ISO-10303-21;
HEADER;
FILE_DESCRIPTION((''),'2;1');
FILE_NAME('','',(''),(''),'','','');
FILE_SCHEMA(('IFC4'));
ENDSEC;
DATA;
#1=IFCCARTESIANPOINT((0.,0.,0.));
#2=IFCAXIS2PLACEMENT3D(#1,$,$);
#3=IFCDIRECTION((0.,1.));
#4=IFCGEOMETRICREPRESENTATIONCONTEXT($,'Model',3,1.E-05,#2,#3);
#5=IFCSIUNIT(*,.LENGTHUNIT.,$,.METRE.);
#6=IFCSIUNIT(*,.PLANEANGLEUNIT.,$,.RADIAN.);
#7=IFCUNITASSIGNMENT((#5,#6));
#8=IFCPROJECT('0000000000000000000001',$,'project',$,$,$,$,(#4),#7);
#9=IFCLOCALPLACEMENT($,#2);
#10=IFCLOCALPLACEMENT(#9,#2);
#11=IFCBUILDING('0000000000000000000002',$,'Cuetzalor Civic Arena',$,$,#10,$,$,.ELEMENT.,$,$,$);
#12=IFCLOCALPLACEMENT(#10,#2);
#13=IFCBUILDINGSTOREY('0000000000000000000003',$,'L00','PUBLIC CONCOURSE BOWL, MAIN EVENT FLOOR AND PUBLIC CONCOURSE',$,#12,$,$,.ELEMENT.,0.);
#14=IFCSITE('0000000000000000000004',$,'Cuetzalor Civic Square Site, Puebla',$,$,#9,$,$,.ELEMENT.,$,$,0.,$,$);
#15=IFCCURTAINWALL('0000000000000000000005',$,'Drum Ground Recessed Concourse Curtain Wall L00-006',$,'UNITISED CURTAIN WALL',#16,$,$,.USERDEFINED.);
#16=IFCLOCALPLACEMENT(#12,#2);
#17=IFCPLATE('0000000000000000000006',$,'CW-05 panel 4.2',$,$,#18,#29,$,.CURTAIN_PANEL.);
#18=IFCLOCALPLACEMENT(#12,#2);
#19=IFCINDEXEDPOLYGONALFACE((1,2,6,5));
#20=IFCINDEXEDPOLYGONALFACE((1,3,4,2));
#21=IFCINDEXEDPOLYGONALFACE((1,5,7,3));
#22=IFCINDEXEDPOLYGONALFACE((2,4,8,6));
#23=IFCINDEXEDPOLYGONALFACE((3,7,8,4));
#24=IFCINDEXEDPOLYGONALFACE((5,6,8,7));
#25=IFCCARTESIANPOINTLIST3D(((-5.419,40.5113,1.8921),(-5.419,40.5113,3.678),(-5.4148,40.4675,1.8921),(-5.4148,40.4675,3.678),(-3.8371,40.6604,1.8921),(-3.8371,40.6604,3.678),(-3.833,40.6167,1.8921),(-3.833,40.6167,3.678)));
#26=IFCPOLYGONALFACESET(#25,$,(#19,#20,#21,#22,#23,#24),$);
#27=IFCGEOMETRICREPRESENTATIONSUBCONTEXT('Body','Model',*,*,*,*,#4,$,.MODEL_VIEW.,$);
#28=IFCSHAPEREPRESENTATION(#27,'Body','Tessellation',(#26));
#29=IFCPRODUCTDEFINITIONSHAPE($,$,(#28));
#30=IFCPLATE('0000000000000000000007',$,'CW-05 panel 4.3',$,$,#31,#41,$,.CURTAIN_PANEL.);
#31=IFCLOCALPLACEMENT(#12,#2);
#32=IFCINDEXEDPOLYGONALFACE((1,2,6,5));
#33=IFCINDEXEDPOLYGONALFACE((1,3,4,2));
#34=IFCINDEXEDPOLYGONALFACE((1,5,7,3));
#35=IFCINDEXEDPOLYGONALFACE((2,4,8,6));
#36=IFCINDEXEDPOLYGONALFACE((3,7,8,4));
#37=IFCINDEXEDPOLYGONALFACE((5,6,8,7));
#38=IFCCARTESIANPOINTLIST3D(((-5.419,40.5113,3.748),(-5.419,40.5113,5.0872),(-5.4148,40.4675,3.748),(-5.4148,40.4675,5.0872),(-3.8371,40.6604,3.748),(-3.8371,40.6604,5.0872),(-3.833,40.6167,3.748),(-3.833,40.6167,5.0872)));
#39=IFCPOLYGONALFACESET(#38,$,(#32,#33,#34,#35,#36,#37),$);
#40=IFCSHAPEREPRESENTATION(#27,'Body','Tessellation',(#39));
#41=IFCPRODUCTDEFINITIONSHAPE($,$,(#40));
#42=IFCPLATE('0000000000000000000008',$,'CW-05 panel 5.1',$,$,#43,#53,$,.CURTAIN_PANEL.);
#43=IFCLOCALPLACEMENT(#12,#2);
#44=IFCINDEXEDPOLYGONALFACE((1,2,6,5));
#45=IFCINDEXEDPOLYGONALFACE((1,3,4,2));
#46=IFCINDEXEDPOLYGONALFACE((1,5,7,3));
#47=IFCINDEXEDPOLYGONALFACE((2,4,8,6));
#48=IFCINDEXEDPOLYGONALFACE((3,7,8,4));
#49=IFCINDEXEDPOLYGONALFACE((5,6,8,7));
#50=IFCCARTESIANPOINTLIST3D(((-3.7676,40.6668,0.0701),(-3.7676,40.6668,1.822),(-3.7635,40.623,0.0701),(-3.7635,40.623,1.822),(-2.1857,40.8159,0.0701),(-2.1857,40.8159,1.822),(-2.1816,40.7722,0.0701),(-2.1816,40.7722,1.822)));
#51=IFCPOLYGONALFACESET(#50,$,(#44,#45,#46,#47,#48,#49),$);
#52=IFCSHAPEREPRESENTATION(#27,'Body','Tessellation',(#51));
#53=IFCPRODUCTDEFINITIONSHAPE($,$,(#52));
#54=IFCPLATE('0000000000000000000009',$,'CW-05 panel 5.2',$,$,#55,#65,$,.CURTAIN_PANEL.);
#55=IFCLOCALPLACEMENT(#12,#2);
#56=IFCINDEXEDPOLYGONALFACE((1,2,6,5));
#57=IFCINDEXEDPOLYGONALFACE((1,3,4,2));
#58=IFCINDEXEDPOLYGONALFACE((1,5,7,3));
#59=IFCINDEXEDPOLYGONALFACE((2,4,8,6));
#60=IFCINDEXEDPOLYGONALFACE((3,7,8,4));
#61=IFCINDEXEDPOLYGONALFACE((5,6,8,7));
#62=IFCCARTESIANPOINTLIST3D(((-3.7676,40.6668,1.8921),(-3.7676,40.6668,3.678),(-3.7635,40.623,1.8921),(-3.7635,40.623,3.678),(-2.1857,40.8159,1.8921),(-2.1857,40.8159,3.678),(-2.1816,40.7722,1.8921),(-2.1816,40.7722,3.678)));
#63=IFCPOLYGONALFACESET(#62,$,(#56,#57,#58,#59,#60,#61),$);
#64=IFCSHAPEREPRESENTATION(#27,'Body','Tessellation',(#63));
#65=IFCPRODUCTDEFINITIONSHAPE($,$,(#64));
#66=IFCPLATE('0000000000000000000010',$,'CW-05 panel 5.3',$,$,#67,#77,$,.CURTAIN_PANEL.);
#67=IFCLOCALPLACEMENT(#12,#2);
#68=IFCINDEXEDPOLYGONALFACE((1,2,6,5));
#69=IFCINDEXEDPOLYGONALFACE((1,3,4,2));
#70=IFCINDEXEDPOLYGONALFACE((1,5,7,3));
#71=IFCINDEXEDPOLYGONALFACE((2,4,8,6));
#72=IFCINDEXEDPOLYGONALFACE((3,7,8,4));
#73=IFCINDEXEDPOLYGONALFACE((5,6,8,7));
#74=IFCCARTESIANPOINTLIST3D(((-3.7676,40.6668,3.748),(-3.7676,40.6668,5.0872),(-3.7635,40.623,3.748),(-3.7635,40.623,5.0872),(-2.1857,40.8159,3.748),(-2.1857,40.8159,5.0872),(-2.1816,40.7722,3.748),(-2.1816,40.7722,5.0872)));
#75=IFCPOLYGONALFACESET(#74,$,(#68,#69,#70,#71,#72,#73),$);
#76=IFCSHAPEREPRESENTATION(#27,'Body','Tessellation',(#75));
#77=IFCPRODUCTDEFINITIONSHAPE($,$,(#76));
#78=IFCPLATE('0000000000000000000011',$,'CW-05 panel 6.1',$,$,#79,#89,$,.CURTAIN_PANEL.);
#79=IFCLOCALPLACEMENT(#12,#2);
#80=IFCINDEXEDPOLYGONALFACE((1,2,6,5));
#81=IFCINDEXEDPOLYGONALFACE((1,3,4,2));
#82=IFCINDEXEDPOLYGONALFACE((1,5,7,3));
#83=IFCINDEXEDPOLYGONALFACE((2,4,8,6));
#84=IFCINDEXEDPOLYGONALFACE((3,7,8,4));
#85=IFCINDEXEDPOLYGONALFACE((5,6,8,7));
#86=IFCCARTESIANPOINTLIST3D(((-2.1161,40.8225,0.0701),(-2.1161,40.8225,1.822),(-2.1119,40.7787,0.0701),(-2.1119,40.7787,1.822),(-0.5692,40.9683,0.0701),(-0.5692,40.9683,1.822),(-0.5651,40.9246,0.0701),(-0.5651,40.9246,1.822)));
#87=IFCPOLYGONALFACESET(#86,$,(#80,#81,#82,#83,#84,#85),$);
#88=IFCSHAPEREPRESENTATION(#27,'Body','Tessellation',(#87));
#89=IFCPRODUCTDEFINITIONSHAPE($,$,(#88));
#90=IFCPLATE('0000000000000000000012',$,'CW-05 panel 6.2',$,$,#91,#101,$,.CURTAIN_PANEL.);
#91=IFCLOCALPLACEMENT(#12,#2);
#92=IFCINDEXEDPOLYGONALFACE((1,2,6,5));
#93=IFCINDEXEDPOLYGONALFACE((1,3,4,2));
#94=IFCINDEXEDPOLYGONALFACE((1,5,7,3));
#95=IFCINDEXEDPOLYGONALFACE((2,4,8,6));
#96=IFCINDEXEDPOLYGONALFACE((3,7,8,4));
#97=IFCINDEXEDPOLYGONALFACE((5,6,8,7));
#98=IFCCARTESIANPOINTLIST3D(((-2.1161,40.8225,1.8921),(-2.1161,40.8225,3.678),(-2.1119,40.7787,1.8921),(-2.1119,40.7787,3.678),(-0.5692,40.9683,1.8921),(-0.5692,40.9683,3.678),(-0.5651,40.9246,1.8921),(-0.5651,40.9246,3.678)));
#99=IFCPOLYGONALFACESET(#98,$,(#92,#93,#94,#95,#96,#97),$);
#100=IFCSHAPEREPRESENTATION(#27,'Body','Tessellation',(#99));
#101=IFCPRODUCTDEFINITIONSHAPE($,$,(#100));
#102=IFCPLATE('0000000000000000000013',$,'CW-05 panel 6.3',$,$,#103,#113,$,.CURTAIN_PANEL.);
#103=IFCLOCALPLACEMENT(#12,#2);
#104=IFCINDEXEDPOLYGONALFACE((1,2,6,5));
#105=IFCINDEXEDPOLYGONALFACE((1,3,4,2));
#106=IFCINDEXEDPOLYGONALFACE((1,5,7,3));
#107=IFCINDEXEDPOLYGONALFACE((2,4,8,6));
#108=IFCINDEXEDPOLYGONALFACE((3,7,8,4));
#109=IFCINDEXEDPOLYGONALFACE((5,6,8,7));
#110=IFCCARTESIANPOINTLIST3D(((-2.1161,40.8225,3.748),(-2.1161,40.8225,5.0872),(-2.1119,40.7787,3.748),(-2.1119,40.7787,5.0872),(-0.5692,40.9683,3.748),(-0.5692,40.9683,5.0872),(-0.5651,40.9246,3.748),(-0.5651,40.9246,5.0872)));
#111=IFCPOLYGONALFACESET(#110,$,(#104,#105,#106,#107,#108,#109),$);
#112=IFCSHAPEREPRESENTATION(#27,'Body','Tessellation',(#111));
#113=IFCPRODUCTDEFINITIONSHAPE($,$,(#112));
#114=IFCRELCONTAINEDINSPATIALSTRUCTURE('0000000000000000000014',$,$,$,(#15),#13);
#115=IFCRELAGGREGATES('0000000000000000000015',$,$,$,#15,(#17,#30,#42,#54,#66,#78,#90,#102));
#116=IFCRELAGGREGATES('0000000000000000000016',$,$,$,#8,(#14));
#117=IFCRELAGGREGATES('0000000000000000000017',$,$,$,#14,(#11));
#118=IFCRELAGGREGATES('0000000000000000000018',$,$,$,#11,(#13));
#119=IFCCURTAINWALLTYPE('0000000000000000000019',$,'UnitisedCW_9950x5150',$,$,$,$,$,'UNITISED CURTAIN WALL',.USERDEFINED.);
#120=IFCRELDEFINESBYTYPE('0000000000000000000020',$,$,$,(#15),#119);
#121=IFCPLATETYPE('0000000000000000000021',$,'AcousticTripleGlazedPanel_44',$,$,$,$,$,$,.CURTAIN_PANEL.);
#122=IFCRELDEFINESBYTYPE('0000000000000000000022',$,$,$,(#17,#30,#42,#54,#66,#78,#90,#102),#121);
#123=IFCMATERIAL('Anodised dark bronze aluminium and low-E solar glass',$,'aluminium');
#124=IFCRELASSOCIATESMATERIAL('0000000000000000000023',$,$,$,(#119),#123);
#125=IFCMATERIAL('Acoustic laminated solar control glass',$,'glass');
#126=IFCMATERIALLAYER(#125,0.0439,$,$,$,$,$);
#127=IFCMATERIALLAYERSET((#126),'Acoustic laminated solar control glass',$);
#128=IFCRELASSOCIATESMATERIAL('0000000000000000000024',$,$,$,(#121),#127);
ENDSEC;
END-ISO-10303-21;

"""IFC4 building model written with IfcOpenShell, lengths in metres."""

from ifc_helpers import new_model, si_unit, direction, frame, origin, origin_2d, place, context, subcontext, project, spatial, rectangle, extrude, material, layer, layer_set, type_object, element, aggregate, save


model = new_model("IFC4")

# Units and contexts
model_context = context("Model", 3, precision=1e-05, world=origin(), true_north=direction((0.0, 1.0)))
body_context = subcontext(model_context, "Body", "Model", "MODEL_VIEW")
ifc_project = project(units=[si_unit("LENGTHUNIT", "METRE"), si_unit("PLANEANGLEUNIT", "RADIAN")], contexts=[model_context])

# Site, building, storey
site_placement = place(None, origin())
site = spatial("IfcSite", under=ifc_project, at=site_placement, Name="Cuetzalor Civic Square Site, Puebla", CompositionType="ELEMENT", RefElevation=0.0)
building_placement = place(site_placement, origin())
building = spatial("IfcBuilding", under=site, at=building_placement, Name="Cuetzalor Civic Arena", CompositionType="ELEMENT")
storey_placement = place(building_placement, origin())
storey = spatial("IfcBuildingStorey", under=building, at=storey_placement, Name="L00", Description="PUBLIC CONCOURSE BOWL, MAIN EVENT FLOOR AND PUBLIC CONCOURSE", CompositionType="ELEMENT", Elevation=0.0)

# Curtain wall
ifc_material_1 = material(Name="Anodised dark bronze aluminium and low-E solar glass", Category="aluminium")
curtain_wall_type = type_object("IfcCurtainWallType", Name="UnitisedCW_9950x5150", ElementType="UNITISED CURTAIN WALL", PredefinedType="USERDEFINED", material=ifc_material_1)
curtain_wall_placement = place(storey_placement, origin())
curtain_wall = element("IfcCurtainWall", 1, at=curtain_wall_placement, inside=storey, type_object=curtain_wall_type, Name="Drum Ground Recessed Concourse Curtain Wall L00-006", ObjectType="UNITISED CURTAIN WALL", PredefinedType="USERDEFINED")

# Plates
ifc_material_2 = material(Name="Acoustic laminated solar control glass", Category="glass")
ifc_layer = layer(ifc_material_2, 0.0439)
ifc_layer_set = layer_set([ifc_layer], Name="Acoustic laminated solar control glass")
plate_type = type_object("IfcPlateType", Name="AcousticTripleGlazedPanel_44", PredefinedType="CURTAIN_PANEL", material=ifc_layer_set)
plate_1_placement = place(storey_placement, frame((-4.626, 40.564, 1.8921), z_axis=(0.0, 0.0, 1.0), x_axis=(0.995585, 0.093863, 0.0)))
plate_1 = element("IfcPlate", 2, at=plate_1_placement, type_object=plate_type, Name="CW-05 panel 4.2", PredefinedType="CURTAIN_PANEL", context=body_context, shape_type="SweptSolid", body=[
    extrude(rectangle(XDim=1.5889, YDim=0.0439, at=origin_2d()), origin(), (0.0, 0.0, 1.0), 1.7859),
])
plate_2_placement = place(storey_placement, frame((-4.626, 40.564, 3.748), z_axis=(0.0, 0.0, 1.0), x_axis=(0.995585, 0.093863, 0.0)))
plate_2 = element("IfcPlate", 3, at=plate_2_placement, type_object=plate_type, Name="CW-05 panel 4.3", PredefinedType="CURTAIN_PANEL", context=body_context, shape_type="SweptSolid", body=[
    extrude(rectangle(XDim=1.5889, YDim=0.0439, at=origin_2d()), origin(), (0.0, 0.0, 1.0), 1.3391),
])
plate_3_placement = place(storey_placement, frame((-2.9746, 40.7195, 0.0701), z_axis=(0.0, 0.0, 1.0), x_axis=(0.995585, 0.093863, 0.0)))
plate_3 = element("IfcPlate", 4, at=plate_3_placement, type_object=plate_type, Name="CW-05 panel 5.1", PredefinedType="CURTAIN_PANEL", context=body_context, shape_type="SweptSolid", body=[
    extrude(rectangle(XDim=1.5889, YDim=0.0439, at=origin_2d()), origin(), (0.0, 0.0, 1.0), 1.752),
])
plate_4_placement = place(storey_placement, frame((-2.9746, 40.7195, 1.8921), z_axis=(0.0, 0.0, 1.0), x_axis=(0.995585, 0.093863, 0.0)))
plate_4 = element("IfcPlate", 5, at=plate_4_placement, type_object=plate_type, Name="CW-05 panel 5.2", PredefinedType="CURTAIN_PANEL", context=body_context, shape_type="SweptSolid", body=[
    extrude(rectangle(XDim=1.5889, YDim=0.0439, at=origin_2d()), origin(), (0.0, 0.0, 1.0), 1.7859),
])
plate_5_placement = place(storey_placement, frame((-2.9746, 40.7195, 3.748), z_axis=(0.0, 0.0, 1.0), x_axis=(0.995585, 0.093863, 0.0)))
plate_5 = element("IfcPlate", 6, at=plate_5_placement, type_object=plate_type, Name="CW-05 panel 5.3", PredefinedType="CURTAIN_PANEL", context=body_context, shape_type="SweptSolid", body=[
    extrude(rectangle(XDim=1.5889, YDim=0.0439, at=origin_2d()), origin(), (0.0, 0.0, 1.0), 1.3391),
])
plate_6_placement = place(storey_placement, frame((-1.3406, 40.8735, 0.0701), z_axis=(0.0, 0.0, 1.0), x_axis=(0.995585, 0.093863, 0.0)))
plate_6 = element("IfcPlate", 7, at=plate_6_placement, type_object=plate_type, Name="CW-05 panel 6.1", PredefinedType="CURTAIN_PANEL", context=body_context, shape_type="SweptSolid", body=[
    extrude(rectangle(XDim=1.5537, YDim=0.0439, at=origin_2d()), origin(), (0.0, 0.0, 1.0), 1.752),
])
plate_7_placement = place(storey_placement, frame((-1.3406, 40.8735, 1.8921), z_axis=(0.0, 0.0, 1.0), x_axis=(0.995585, 0.093863, 0.0)))
plate_7 = element("IfcPlate", 8, at=plate_7_placement, type_object=plate_type, Name="CW-05 panel 6.2", PredefinedType="CURTAIN_PANEL", context=body_context, shape_type="SweptSolid", body=[
    extrude(rectangle(XDim=1.5537, YDim=0.0439, at=origin_2d()), origin(), (0.0, 0.0, 1.0), 1.7859),
])
plate_8_placement = place(storey_placement, frame((-1.3406, 40.8735, 3.748), z_axis=(0.0, 0.0, 1.0), x_axis=(0.995585, 0.093863, 0.0)))
plate_8 = element("IfcPlate", 9, at=plate_8_placement, type_object=plate_type, Name="CW-05 panel 6.3", PredefinedType="CURTAIN_PANEL", context=body_context, shape_type="SweptSolid", body=[
    extrude(rectangle(XDim=1.5537, YDim=0.0439, at=origin_2d()), origin(), (0.0, 0.0, 1.0), 1.3391),
])
aggregate(curtain_wall, [plate_1, plate_2, plate_3, plate_4, plate_5, plate_6, plate_7, plate_8])

save(model, "model.ifc")
